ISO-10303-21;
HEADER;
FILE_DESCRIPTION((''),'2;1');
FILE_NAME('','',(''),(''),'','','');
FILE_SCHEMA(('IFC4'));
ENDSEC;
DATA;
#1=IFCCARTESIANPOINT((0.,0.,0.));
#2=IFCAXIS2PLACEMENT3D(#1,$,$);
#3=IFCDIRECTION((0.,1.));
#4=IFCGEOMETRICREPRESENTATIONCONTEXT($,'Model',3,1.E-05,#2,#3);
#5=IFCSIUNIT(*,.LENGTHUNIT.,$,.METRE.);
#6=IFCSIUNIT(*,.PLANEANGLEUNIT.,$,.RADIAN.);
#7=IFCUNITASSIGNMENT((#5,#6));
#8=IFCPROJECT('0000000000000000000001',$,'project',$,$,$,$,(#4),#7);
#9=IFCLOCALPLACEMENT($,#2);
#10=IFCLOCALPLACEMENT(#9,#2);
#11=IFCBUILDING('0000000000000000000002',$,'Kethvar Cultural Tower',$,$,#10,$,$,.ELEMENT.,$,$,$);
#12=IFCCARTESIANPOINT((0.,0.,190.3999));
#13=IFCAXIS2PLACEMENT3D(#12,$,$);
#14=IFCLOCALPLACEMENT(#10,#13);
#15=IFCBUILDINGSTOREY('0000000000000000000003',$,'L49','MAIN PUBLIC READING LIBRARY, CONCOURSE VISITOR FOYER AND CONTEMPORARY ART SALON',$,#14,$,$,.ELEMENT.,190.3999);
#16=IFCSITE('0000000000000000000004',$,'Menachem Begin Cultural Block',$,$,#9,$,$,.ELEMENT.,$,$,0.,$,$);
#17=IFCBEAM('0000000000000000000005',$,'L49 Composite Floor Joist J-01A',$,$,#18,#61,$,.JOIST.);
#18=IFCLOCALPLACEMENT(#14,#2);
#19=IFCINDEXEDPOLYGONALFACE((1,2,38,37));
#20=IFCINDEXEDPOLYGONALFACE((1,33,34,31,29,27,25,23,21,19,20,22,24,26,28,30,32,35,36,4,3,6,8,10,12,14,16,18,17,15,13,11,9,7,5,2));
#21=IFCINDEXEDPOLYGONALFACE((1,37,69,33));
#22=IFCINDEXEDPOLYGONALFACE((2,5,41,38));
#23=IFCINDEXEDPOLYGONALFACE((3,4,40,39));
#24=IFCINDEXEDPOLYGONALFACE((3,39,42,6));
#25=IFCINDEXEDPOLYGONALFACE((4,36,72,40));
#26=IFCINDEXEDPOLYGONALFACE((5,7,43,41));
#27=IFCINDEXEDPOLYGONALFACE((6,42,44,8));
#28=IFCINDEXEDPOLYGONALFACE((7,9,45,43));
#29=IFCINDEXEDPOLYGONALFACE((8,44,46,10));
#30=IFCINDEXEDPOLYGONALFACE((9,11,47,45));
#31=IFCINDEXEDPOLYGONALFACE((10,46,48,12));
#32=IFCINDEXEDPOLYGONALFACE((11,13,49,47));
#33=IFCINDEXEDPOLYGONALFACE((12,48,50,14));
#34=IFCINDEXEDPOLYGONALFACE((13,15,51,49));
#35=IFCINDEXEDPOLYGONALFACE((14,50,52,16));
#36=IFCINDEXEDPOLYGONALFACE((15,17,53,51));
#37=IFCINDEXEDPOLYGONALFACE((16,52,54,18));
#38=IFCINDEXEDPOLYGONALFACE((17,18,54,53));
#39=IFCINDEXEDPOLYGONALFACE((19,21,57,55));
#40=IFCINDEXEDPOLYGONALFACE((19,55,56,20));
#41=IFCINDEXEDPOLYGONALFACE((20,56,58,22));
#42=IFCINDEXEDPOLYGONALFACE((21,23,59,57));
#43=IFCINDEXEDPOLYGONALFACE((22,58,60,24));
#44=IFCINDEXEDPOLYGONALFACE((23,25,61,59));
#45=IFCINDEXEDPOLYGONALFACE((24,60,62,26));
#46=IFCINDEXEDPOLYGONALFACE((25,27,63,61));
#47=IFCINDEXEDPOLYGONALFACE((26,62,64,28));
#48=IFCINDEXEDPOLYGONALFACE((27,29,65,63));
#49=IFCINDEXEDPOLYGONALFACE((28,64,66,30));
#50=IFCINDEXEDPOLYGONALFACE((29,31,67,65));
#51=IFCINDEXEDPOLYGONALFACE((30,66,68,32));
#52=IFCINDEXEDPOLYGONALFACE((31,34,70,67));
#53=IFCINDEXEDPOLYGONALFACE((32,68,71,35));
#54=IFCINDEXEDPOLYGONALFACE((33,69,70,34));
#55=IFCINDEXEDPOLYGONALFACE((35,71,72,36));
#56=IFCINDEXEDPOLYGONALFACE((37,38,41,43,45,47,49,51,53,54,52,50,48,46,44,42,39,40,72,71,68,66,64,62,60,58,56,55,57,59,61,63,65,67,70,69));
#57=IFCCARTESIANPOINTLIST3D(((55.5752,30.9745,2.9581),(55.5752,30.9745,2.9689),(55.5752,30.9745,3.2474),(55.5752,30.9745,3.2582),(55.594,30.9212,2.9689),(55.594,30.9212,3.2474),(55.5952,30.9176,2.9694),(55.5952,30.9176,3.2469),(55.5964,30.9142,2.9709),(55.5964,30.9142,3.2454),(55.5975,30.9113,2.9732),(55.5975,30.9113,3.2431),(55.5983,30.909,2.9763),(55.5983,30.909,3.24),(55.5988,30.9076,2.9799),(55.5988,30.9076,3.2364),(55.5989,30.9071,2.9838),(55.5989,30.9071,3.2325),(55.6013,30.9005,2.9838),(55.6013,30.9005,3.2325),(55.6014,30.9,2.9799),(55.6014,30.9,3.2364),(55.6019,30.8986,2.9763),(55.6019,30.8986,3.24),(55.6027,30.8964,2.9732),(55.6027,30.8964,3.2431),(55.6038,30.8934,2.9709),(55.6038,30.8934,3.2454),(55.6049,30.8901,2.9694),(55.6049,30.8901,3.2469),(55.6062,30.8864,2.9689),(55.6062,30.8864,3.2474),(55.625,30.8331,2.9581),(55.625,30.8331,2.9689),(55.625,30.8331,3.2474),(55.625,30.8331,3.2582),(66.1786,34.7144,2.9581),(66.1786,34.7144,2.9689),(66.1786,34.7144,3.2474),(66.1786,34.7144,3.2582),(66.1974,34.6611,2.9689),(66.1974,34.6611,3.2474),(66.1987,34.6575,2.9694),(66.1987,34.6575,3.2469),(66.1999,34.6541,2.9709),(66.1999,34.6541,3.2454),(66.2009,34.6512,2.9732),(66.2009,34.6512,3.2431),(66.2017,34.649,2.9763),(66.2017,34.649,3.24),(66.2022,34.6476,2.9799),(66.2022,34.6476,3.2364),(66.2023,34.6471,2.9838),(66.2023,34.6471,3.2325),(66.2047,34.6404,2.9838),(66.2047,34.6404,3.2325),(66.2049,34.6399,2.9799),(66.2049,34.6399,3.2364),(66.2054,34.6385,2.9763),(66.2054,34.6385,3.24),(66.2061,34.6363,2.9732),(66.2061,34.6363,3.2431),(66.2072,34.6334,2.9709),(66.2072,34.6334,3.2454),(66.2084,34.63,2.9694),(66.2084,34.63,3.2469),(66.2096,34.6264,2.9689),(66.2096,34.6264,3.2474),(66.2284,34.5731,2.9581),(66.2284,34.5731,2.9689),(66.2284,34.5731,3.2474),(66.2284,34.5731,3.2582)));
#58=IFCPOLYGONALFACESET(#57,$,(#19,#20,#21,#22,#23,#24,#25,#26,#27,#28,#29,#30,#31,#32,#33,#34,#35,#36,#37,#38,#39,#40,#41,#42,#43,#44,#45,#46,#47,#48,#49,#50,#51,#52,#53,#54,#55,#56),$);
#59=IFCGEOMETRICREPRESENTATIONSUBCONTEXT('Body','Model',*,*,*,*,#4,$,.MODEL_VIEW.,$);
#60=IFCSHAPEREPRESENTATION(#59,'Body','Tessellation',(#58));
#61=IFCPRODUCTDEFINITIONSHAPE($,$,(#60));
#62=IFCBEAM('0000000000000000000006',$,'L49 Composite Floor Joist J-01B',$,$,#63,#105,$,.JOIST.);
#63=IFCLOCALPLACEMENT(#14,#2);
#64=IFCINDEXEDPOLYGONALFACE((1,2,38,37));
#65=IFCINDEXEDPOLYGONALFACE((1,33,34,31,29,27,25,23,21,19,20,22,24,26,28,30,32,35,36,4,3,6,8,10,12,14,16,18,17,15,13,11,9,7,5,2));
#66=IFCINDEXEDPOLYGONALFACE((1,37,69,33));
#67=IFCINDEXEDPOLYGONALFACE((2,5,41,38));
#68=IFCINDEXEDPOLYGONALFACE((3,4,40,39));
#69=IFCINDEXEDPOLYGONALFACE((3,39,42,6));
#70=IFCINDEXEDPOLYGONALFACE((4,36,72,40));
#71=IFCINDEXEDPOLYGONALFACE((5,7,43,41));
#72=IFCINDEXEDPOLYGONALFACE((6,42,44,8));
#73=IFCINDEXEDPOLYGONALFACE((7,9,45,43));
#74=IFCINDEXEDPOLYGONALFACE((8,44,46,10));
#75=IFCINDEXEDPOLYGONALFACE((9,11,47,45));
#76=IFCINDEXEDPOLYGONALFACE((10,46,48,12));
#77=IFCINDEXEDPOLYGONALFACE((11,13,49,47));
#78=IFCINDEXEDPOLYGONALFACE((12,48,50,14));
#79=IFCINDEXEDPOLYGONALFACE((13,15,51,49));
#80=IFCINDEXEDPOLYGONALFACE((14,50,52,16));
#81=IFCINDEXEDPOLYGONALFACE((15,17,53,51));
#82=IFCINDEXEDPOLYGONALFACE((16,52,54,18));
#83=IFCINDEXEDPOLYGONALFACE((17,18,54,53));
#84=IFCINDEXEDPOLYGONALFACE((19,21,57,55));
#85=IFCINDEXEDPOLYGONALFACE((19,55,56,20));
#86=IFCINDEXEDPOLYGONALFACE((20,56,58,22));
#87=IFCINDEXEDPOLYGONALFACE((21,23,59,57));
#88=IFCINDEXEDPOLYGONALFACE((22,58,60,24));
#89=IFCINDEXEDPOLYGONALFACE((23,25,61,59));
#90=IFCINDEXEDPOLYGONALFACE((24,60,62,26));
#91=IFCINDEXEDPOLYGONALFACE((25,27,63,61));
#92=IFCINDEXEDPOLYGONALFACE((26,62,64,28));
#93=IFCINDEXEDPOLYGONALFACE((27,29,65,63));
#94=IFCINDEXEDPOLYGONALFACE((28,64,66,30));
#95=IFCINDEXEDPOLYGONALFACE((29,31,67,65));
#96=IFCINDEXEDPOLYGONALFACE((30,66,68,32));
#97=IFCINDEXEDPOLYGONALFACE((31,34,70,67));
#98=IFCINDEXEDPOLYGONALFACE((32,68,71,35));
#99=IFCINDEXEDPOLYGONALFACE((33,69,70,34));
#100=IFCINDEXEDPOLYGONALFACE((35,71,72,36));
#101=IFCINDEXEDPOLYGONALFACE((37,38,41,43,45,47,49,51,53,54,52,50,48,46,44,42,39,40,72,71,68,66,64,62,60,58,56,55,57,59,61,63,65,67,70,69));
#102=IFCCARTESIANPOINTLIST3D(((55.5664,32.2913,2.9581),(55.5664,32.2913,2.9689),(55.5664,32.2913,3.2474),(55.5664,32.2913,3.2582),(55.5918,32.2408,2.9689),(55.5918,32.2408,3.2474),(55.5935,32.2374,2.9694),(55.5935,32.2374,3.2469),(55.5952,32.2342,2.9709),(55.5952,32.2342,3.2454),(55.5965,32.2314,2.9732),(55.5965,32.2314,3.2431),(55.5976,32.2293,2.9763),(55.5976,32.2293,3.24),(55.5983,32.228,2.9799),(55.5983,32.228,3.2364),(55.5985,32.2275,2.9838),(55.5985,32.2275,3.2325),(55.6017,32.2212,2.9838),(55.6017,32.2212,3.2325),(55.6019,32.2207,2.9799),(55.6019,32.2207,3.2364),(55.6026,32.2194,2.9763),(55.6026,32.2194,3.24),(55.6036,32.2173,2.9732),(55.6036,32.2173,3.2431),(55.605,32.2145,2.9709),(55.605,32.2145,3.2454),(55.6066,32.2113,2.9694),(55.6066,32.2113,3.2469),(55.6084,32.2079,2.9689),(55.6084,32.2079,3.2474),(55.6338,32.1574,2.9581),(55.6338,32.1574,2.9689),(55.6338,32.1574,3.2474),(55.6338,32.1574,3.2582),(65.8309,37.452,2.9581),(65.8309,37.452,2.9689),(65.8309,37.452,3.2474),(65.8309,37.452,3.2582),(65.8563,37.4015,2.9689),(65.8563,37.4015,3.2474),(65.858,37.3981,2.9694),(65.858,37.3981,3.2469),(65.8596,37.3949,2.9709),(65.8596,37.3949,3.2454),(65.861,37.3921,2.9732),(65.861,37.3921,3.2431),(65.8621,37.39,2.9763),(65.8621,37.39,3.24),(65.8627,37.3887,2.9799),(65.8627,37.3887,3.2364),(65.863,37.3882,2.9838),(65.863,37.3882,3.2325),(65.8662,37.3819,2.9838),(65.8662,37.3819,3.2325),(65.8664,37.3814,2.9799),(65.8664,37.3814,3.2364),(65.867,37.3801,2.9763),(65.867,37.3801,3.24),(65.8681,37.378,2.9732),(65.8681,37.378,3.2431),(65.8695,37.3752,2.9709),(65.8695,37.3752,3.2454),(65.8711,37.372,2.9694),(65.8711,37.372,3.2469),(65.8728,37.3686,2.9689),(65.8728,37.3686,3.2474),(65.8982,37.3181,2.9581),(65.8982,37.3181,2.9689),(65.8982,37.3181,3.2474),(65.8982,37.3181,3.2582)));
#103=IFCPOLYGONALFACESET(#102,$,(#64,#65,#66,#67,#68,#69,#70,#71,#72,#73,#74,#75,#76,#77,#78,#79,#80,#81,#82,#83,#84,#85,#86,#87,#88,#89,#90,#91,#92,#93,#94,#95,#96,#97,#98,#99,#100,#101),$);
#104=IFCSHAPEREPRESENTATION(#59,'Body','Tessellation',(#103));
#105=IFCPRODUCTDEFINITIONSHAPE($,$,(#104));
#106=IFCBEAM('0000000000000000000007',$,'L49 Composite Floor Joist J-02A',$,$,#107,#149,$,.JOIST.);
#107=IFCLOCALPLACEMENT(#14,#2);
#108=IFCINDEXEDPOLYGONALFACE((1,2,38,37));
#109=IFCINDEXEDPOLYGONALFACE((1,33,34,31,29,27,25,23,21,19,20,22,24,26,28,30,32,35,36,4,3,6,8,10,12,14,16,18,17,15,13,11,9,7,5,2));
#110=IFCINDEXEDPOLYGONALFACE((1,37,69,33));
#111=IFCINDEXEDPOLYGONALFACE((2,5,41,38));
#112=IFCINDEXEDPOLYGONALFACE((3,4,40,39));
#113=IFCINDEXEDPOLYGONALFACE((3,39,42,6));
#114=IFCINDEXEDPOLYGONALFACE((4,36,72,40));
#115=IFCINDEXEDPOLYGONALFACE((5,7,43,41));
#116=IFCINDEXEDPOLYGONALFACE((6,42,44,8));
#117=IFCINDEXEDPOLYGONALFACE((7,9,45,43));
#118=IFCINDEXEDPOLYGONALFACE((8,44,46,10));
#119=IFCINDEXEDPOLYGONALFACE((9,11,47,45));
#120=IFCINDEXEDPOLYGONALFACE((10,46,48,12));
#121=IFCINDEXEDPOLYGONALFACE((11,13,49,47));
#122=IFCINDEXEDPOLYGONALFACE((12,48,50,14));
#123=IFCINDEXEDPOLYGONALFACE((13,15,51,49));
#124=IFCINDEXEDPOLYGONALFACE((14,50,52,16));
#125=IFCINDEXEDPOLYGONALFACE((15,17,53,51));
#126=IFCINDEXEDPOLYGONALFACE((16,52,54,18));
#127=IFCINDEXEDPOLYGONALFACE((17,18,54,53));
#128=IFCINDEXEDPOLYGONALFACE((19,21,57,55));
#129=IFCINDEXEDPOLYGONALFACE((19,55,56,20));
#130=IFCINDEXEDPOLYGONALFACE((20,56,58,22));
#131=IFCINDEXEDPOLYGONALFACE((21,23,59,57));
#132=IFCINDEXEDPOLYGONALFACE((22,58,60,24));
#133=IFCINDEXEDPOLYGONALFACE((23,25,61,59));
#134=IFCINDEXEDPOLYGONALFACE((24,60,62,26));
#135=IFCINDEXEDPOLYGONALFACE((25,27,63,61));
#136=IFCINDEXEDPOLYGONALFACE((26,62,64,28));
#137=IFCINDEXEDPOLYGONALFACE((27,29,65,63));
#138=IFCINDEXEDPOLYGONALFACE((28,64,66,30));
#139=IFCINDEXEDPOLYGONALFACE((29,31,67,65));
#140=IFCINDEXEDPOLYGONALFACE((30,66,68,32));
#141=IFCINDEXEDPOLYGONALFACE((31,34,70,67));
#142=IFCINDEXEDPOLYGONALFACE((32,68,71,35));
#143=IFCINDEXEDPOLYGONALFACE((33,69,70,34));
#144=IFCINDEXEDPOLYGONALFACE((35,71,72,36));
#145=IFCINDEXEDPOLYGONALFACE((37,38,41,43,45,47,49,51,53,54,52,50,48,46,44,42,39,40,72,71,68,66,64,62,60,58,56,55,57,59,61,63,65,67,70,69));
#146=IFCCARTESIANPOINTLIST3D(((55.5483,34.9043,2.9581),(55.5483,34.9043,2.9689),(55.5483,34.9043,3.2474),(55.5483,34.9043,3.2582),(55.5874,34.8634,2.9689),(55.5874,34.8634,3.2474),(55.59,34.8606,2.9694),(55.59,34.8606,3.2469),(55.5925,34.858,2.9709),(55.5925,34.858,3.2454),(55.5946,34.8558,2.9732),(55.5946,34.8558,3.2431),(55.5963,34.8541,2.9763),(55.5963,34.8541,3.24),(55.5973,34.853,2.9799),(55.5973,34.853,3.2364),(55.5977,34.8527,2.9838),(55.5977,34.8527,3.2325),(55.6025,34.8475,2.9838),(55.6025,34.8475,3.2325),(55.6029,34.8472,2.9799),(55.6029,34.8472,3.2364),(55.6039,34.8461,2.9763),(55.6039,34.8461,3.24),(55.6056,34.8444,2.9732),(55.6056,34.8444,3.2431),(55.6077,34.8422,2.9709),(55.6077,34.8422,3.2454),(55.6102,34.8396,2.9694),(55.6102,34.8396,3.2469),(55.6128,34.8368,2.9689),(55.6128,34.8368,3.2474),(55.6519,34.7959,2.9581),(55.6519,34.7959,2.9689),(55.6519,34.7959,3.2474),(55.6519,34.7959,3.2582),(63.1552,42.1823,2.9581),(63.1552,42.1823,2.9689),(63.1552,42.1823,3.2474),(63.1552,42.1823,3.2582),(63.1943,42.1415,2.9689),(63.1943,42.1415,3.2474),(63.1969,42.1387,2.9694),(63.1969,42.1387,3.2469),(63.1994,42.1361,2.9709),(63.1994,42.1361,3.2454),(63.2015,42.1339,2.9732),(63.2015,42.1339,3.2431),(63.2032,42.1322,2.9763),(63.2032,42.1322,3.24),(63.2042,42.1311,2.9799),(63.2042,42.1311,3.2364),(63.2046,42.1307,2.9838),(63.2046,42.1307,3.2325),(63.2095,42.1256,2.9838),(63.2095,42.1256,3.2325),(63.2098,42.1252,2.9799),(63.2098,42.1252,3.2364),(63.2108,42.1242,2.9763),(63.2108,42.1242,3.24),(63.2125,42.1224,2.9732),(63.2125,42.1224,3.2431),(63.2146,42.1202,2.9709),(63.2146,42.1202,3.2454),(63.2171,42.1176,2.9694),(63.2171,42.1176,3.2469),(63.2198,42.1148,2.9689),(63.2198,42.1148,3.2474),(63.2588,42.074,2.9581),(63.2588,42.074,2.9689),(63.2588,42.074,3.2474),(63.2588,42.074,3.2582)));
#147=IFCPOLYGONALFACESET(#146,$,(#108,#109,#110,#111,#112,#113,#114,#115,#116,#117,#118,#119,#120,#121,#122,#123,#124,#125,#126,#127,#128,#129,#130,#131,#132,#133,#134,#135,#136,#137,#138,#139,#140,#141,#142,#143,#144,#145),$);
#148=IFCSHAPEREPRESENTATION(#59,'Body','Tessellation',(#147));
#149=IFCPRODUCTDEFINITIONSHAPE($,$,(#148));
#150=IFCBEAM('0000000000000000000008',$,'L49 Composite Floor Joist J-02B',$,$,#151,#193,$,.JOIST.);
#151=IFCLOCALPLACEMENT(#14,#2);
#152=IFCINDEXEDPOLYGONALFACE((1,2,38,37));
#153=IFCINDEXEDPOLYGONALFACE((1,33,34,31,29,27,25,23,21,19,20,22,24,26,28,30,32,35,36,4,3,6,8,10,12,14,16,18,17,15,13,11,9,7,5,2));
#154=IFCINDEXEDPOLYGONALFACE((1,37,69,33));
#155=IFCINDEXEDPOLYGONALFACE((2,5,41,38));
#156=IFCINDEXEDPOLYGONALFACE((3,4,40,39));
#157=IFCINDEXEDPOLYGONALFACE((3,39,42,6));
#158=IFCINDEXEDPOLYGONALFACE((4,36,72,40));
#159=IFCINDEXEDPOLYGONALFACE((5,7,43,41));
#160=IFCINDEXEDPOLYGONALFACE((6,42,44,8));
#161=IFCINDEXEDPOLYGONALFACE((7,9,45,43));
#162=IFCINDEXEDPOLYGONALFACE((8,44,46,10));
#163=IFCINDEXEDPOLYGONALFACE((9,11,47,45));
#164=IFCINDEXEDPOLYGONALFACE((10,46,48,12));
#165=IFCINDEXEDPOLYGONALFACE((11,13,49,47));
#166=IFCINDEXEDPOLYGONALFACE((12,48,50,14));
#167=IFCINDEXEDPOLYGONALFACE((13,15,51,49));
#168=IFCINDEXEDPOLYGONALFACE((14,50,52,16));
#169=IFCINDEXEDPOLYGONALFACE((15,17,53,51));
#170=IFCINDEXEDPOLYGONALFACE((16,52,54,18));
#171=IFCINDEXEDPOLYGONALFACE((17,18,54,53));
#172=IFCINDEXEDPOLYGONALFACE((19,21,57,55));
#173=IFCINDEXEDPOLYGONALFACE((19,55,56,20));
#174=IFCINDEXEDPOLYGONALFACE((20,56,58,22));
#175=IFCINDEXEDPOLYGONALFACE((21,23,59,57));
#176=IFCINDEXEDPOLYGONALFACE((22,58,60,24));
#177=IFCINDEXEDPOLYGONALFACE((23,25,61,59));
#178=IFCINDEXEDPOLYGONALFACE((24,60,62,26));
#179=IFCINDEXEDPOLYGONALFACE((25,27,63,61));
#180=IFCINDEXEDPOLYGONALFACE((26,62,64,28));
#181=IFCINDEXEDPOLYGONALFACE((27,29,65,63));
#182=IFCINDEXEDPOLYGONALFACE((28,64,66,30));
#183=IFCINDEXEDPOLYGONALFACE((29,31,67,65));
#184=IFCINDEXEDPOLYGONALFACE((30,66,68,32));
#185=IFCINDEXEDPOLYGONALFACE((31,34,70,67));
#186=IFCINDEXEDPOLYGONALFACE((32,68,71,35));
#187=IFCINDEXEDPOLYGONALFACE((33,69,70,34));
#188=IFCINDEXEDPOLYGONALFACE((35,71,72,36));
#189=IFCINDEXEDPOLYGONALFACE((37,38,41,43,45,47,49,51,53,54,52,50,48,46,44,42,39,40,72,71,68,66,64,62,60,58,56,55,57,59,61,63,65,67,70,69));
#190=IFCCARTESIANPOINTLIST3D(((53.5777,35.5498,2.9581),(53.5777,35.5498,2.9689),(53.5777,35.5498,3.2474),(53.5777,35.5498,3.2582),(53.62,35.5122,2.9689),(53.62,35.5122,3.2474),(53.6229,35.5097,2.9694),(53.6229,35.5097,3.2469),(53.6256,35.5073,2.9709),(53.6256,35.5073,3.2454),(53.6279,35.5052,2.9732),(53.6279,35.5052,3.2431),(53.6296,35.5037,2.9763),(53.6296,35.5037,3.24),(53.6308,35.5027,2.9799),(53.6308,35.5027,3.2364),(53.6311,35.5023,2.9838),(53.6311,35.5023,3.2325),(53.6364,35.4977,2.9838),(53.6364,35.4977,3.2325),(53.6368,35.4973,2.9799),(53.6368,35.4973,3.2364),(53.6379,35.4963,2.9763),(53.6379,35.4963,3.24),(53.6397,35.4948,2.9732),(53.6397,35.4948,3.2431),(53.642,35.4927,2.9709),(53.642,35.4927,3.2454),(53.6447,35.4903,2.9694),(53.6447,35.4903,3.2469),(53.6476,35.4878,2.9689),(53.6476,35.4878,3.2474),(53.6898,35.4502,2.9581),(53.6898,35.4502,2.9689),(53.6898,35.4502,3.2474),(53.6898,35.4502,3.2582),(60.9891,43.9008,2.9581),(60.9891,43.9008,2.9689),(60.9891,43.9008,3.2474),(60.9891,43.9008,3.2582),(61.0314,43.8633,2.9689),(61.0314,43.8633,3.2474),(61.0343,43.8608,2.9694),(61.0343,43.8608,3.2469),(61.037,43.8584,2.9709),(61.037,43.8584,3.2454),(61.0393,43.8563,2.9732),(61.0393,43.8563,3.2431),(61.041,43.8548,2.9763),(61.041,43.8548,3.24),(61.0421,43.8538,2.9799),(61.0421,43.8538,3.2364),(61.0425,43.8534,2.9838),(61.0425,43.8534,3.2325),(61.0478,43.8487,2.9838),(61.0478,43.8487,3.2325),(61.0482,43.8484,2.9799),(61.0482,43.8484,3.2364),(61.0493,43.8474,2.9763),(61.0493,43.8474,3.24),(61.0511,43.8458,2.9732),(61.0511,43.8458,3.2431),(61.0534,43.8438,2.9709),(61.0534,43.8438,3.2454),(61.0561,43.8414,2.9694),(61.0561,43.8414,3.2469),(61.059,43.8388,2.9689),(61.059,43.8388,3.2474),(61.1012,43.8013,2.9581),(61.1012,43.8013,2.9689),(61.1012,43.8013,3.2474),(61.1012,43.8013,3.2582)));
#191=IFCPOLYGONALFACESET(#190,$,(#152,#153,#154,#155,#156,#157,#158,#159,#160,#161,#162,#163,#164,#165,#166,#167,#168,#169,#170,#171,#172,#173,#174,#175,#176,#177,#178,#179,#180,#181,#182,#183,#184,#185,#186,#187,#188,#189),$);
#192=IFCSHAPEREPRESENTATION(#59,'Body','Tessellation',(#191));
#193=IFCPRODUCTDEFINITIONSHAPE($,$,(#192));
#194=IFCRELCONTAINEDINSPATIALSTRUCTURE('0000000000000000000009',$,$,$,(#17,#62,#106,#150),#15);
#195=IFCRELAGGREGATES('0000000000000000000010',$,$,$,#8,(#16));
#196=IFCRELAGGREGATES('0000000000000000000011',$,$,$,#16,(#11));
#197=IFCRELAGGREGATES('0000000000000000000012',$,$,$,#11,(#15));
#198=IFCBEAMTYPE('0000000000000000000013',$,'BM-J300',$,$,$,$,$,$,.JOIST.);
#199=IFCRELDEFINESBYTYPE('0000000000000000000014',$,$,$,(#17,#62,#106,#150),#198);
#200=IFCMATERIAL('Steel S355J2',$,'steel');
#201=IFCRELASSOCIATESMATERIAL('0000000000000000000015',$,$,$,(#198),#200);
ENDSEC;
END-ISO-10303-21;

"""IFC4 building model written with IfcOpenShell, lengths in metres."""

from ifc_helpers import new_model, si_unit, direction, frame, origin, origin_2d, place, context, subcontext, project, spatial, i_section, extrude, source, transform, mapped, material, material_profile, profile_set, type_object, element, save


model = new_model("IFC4")

# Units and contexts
model_context = context("Model", 3, precision=1e-05, world=origin(), true_north=direction((0.0, 1.0)))
body_context = subcontext(model_context, "Body", "Model", "MODEL_VIEW")
ifc_project = project(units=[si_unit("LENGTHUNIT", "METRE"), si_unit("PLANEANGLEUNIT", "RADIAN")], contexts=[model_context])

# Site, building, storey
site_placement = place(None, origin())
site = spatial("IfcSite", under=ifc_project, at=site_placement, Name="Menachem Begin Cultural Block", CompositionType="ELEMENT", RefElevation=0.0)
building_placement = place(site_placement, origin())
building = spatial("IfcBuilding", under=site, at=building_placement, Name="Kethvar Cultural Tower", CompositionType="ELEMENT")
storey_placement = place(building_placement, frame((0.0, 0.0, 190.3999)))
storey = spatial("IfcBuildingStorey", under=building, at=storey_placement, Name="L49", Description="MAIN PUBLIC READING LIBRARY, CONCOURSE VISITOR FOYER AND CONTEMPORARY ART SALON", CompositionType="ELEMENT", Elevation=190.3999)

# Beams
ifc_material_1 = material(Name="Steel S355J2", Category="steel")
ifc_material_profile_1 = material_profile(ifc_material_1, i_section(OverallWidth=0.1499, OverallDepth=0.3, WebThickness=0.0071, FlangeThickness=0.0107, FilletRadius=0.0149, at=origin_2d()), Name="Steel S355J2 — IPE300")
ifc_profile_set_1 = profile_set([ifc_material_profile_1], Name="Steel S355J2 — IPE300")
beam_type_1 = type_object("IfcBeamType", Name="BM-J300", PredefinedType="JOIST", material=ifc_profile_set_1)
shared_shape_1 = source(origin(), body_context, "Body", "SweptSolid", [
    extrude(i_section(OverallWidth=0.1499, OverallDepth=0.3, WebThickness=0.0071, FlangeThickness=0.0107, FilletRadius=0.0149, at=origin_2d()), origin(), (0.0, 0.0, 1.0), 11.2437),
])
beam_1_placement = place(storey_placement, frame((55.6001, 30.9038, 3.1082), z_axis=(0.943058, 0.332628, 0.0), x_axis=(-0.332628, 0.943058, 0.0)))
element("IfcBeam", 1, at=beam_1_placement, inside=storey, type_object=beam_type_1, Name="L49 Composite Floor Joist J-01A", PredefinedType="JOIST", context=body_context, shape_type="MappedRepresentation", body=[
    mapped(shared_shape_1, transform((0.0, 0.0, 0.0), scale=1.0)),
])
shared_shape_2 = source(origin(), body_context, "Body", "SweptSolid", [
    extrude(i_section(OverallWidth=0.1499, OverallDepth=0.3, WebThickness=0.0071, FlangeThickness=0.0107, FilletRadius=0.0149, at=origin_2d()), origin(), (0.0, 0.0, 1.0), 11.4888),
])
beam_2_placement = place(storey_placement, frame((55.6001, 32.2244, 3.1082), z_axis=(0.893435, 0.449193, 0.0), x_axis=(-0.449193, 0.893435, 0.0)))
element("IfcBeam", 2, at=beam_2_placement, inside=storey, type_object=beam_type_1, Name="L49 Composite Floor Joist J-01B", PredefinedType="JOIST", context=body_context, shape_type="MappedRepresentation", body=[
    mapped(shared_shape_2, transform((0.0, 0.0, 0.0), scale=1.0)),
])
shared_shape_3 = source(origin(), body_context, "Body", "SweptSolid", [
    extrude(i_section(OverallWidth=0.1499, OverallDepth=0.3, WebThickness=0.0071, FlangeThickness=0.0107, FilletRadius=0.0149, at=origin_2d()), origin(), (0.0, 0.0, 1.0), 10.5278),
])
beam_3_placement = place(storey_placement, frame((55.6001, 34.8501, 3.1082), z_axis=(0.722553, 0.691316, 0.0), x_axis=(-0.691316, 0.722553, 0.0)))
element("IfcBeam", 3, at=beam_3_placement, inside=storey, type_object=beam_type_1, Name="L49 Composite Floor Joist J-02A", PredefinedType="JOIST", context=body_context, shape_type="MappedRepresentation", body=[
    mapped(shared_shape_3, transform((0.0, 0.0, 0.0), scale=1.0)),
])
shared_shape_4 = source(origin(), body_context, "Body", "SweptSolid", [
    extrude(i_section(OverallWidth=0.1499, OverallDepth=0.3, WebThickness=0.0071, FlangeThickness=0.0107, FilletRadius=0.0149, at=origin_2d()), origin(), (0.0, 0.0, 1.0), 11.1655),
])
beam_4_placement = place(storey_placement, frame((53.6338, 35.5, 3.1082), z_axis=(0.663773, 0.747934, 0.0), x_axis=(-0.747934, 0.663773, 0.0)))
element("IfcBeam", 4, at=beam_4_placement, inside=storey, type_object=beam_type_1, Name="L49 Composite Floor Joist J-02B", PredefinedType="JOIST", context=body_context, shape_type="MappedRepresentation", body=[
    mapped(shared_shape_4, transform((0.0, 0.0, 0.0), scale=1.0)),
])

save(model, "model.ifc")
